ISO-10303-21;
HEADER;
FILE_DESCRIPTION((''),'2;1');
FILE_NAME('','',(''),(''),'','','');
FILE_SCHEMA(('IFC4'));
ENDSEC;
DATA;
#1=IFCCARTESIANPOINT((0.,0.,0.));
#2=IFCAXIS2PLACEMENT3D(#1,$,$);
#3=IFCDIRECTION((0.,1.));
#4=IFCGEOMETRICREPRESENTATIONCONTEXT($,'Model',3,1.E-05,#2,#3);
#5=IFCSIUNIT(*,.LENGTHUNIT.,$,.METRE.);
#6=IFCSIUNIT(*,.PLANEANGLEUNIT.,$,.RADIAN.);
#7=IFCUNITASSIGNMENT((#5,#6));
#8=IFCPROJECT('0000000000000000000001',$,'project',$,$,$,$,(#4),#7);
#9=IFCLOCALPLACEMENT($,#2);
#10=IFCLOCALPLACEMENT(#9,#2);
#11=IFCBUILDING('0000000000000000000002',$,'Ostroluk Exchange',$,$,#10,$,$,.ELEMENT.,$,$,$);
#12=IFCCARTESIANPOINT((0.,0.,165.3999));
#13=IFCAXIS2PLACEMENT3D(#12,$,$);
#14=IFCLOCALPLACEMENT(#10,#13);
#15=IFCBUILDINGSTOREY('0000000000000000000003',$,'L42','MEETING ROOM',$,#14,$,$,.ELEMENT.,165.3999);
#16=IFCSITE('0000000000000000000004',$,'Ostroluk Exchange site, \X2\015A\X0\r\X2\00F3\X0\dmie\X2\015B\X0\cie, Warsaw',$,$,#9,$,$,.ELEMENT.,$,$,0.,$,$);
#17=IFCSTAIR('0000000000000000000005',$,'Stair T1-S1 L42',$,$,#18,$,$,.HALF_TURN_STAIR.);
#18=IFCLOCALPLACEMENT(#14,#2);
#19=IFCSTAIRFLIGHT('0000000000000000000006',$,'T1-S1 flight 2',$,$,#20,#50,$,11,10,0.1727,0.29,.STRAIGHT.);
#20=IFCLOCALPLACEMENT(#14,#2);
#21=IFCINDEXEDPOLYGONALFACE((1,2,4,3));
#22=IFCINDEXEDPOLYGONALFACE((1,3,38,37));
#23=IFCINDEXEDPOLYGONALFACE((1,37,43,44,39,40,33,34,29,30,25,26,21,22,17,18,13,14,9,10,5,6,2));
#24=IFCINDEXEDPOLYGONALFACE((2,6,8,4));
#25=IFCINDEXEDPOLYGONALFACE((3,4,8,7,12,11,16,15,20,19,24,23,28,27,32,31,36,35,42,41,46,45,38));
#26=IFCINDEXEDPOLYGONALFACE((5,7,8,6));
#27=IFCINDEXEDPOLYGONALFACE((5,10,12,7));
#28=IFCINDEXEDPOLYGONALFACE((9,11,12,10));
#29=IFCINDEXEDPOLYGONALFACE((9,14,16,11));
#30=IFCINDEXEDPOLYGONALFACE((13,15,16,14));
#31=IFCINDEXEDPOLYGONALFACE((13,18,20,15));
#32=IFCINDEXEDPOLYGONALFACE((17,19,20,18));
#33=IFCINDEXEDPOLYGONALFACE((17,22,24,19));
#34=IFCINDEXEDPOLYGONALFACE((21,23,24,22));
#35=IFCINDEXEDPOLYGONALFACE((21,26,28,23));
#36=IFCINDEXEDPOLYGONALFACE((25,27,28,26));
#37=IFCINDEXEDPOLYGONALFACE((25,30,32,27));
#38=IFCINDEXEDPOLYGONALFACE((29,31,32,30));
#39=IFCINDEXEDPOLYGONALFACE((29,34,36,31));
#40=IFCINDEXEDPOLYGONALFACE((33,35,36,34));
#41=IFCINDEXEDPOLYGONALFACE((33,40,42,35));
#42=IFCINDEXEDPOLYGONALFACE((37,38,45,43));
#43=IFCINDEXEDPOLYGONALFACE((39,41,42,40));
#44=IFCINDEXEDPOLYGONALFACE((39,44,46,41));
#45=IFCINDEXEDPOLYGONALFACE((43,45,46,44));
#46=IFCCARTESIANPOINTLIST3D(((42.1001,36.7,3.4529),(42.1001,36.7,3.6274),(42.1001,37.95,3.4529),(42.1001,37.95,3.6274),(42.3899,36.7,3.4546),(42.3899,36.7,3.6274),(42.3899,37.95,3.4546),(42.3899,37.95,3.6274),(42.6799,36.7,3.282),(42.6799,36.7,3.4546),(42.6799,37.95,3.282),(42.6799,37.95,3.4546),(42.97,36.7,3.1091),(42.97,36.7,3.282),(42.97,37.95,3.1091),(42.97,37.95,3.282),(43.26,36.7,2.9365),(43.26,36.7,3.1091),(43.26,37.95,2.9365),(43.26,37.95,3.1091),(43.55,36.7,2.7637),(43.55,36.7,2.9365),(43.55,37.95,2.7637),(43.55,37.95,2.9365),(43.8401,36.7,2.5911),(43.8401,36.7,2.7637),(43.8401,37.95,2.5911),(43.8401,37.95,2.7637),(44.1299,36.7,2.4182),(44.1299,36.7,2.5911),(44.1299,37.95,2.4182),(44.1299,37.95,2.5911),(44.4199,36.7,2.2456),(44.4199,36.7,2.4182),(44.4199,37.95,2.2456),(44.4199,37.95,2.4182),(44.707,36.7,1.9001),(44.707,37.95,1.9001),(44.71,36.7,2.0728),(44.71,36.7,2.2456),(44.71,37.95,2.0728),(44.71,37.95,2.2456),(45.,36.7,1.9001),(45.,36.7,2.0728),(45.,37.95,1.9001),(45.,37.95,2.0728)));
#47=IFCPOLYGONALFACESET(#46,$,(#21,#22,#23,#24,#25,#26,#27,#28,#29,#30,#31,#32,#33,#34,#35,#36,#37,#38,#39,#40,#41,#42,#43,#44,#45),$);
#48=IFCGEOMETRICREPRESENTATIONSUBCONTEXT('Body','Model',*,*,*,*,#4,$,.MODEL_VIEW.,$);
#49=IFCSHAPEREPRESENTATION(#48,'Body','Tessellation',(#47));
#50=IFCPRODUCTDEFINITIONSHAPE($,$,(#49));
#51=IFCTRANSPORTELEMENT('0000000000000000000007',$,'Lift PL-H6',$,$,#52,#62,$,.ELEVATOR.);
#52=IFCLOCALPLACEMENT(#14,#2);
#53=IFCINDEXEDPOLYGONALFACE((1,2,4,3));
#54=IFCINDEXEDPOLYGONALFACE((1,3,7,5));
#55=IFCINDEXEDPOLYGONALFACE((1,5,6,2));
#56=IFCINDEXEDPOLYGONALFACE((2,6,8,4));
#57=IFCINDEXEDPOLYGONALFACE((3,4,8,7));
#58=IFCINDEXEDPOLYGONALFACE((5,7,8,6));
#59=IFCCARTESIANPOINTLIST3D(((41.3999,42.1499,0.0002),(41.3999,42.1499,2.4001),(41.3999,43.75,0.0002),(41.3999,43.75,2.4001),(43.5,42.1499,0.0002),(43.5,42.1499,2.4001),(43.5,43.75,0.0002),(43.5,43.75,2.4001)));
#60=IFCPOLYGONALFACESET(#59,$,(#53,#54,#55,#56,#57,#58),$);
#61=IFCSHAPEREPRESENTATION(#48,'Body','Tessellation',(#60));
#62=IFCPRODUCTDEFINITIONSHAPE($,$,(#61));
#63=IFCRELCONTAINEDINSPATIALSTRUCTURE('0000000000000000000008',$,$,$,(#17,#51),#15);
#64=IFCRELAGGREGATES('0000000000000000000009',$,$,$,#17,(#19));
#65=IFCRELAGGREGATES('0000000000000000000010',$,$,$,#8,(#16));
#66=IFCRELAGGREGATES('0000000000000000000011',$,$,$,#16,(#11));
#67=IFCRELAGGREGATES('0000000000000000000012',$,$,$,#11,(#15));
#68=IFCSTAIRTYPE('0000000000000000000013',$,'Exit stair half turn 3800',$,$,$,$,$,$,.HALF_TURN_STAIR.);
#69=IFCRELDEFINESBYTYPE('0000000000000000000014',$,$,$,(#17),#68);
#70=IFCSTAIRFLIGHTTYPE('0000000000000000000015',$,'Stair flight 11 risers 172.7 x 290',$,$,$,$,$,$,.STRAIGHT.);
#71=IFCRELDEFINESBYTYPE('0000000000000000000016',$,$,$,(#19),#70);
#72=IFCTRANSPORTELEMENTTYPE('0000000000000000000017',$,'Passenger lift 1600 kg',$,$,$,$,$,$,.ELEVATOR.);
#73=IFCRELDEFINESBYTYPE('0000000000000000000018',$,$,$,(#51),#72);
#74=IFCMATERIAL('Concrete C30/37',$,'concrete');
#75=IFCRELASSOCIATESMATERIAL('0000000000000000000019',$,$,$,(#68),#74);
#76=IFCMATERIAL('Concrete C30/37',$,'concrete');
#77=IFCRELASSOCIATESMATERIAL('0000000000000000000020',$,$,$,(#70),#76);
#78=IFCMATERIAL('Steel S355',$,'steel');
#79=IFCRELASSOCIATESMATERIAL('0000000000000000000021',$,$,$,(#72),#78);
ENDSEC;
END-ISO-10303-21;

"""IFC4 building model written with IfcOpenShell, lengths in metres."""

from ifc_helpers import new_model, si_unit, direction, frame, origin, origin_2d, place, context, subcontext, project, spatial, polyline, rectangle, outline, extrude, material, type_object, element, aggregate, save


model = new_model("IFC4")

# Units and contexts
model_context = context("Model", 3, precision=1e-05, world=origin(), true_north=direction((0.0, 1.0)))
body_context = subcontext(model_context, "Body", "Model", "MODEL_VIEW")
ifc_project = project(units=[si_unit("LENGTHUNIT", "METRE"), si_unit("PLANEANGLEUNIT", "RADIAN")], contexts=[model_context])

# Site, building, storey
site_placement = place(None, origin())
site = spatial("IfcSite", under=ifc_project, at=site_placement, Name="Ostroluk Exchange site, Śródmieście, Warsaw", CompositionType="ELEMENT", RefElevation=0.0)
building_placement = place(site_placement, origin())
building = spatial("IfcBuilding", under=site, at=building_placement, Name="Ostroluk Exchange", CompositionType="ELEMENT")
storey_placement = place(building_placement, frame((0.0, 0.0, 165.3999)))
storey = spatial("IfcBuildingStorey", under=building, at=storey_placement, Name="L42", Description="MEETING ROOM", CompositionType="ELEMENT", Elevation=165.3999)

# Stair, stair flight
ifc_material_1 = material(Name="Concrete C30/37", Category="concrete")
stair_type = type_object("IfcStairType", Name="Exit stair half turn 3800", PredefinedType="HALF_TURN_STAIR", material=ifc_material_1)
stair_placement = place(storey_placement, origin())
stair = element("IfcStair", 1, at=stair_placement, inside=storey, type_object=stair_type, Name="Stair T1-S1 L42", PredefinedType="HALF_TURN_STAIR")
ifc_material_2 = material(Name="Concrete C30/37", Category="concrete")
stair_flight_type = type_object("IfcStairFlightType", Name="Stair flight 11 risers 172.7 x 290", PredefinedType="STRAIGHT", material=ifc_material_2)
stair_flight_1_placement = place(storey_placement, frame((45.0, 37.325, 1.9001), z_axis=(0.0, 0.0, 1.0), x_axis=(-1.0, 0.0, 0.0)))
stair_flight_1 = element("IfcStairFlight", 2, at=stair_flight_1_placement, type_object=stair_flight_type, Name="T1-S1 flight 2", NumberOfRisers=11, NumberOfTreads=10, PredefinedType="STRAIGHT", RiserHeight=0.1727, TreadLength=0.29, context=body_context, shape_type="SweptSolid", body=[
    extrude(outline(polyline([(0.0, 0.0), (0.0, 0.1726), (0.29, 0.1726), (0.29, 0.3455), (0.5801, 0.3455), (0.5801, 0.5181), (0.8701, 0.5181), (0.8701, 0.6909), (1.1599, 0.6909), (1.1599, 0.8635), (1.45, 0.8635), (1.45, 1.0364), (1.74, 1.0364), (1.74, 1.209), (2.03, 1.209), (2.03, 1.3818), (2.3201, 1.3818), (2.3201, 1.5544), (2.6101, 1.5544), (2.6101, 1.7273), (2.8999, 1.7273), (2.8999, 1.8999), (2.8999, 1.5527), (0.293, 0.0), (0.0, 0.0)])), frame((0.0, 0.625, 0.0), z_axis=(0.0, -1.0, 0.0), x_axis=(1.0, 0.0, 0.0)), (0.0, 0.0, 1.0), 1.25),
])
aggregate(stair, [stair_flight_1])

# Transport element
ifc_material_3 = material(Name="Steel S355", Category="steel")
transport_element_type = type_object("IfcTransportElementType", Name="Passenger lift 1600 kg", PredefinedType="ELEVATOR", material=ifc_material_3)
transport_element_placement = place(storey_placement, frame((42.45, 42.95, 0.0002), z_axis=(0.0, 0.0, 1.0), x_axis=(1.0, 0.0, 0.0)))
element("IfcTransportElement", 3, at=transport_element_placement, inside=storey, type_object=transport_element_type, Name="Lift PL-H6", PredefinedType="ELEVATOR", context=body_context, shape_type="SweptSolid", body=[
    extrude(rectangle(XDim=2.1001, YDim=1.6001, at=origin_2d()), origin(), (0.0, 0.0, 1.0), 2.3999),
])

save(model, "model.ifc")
